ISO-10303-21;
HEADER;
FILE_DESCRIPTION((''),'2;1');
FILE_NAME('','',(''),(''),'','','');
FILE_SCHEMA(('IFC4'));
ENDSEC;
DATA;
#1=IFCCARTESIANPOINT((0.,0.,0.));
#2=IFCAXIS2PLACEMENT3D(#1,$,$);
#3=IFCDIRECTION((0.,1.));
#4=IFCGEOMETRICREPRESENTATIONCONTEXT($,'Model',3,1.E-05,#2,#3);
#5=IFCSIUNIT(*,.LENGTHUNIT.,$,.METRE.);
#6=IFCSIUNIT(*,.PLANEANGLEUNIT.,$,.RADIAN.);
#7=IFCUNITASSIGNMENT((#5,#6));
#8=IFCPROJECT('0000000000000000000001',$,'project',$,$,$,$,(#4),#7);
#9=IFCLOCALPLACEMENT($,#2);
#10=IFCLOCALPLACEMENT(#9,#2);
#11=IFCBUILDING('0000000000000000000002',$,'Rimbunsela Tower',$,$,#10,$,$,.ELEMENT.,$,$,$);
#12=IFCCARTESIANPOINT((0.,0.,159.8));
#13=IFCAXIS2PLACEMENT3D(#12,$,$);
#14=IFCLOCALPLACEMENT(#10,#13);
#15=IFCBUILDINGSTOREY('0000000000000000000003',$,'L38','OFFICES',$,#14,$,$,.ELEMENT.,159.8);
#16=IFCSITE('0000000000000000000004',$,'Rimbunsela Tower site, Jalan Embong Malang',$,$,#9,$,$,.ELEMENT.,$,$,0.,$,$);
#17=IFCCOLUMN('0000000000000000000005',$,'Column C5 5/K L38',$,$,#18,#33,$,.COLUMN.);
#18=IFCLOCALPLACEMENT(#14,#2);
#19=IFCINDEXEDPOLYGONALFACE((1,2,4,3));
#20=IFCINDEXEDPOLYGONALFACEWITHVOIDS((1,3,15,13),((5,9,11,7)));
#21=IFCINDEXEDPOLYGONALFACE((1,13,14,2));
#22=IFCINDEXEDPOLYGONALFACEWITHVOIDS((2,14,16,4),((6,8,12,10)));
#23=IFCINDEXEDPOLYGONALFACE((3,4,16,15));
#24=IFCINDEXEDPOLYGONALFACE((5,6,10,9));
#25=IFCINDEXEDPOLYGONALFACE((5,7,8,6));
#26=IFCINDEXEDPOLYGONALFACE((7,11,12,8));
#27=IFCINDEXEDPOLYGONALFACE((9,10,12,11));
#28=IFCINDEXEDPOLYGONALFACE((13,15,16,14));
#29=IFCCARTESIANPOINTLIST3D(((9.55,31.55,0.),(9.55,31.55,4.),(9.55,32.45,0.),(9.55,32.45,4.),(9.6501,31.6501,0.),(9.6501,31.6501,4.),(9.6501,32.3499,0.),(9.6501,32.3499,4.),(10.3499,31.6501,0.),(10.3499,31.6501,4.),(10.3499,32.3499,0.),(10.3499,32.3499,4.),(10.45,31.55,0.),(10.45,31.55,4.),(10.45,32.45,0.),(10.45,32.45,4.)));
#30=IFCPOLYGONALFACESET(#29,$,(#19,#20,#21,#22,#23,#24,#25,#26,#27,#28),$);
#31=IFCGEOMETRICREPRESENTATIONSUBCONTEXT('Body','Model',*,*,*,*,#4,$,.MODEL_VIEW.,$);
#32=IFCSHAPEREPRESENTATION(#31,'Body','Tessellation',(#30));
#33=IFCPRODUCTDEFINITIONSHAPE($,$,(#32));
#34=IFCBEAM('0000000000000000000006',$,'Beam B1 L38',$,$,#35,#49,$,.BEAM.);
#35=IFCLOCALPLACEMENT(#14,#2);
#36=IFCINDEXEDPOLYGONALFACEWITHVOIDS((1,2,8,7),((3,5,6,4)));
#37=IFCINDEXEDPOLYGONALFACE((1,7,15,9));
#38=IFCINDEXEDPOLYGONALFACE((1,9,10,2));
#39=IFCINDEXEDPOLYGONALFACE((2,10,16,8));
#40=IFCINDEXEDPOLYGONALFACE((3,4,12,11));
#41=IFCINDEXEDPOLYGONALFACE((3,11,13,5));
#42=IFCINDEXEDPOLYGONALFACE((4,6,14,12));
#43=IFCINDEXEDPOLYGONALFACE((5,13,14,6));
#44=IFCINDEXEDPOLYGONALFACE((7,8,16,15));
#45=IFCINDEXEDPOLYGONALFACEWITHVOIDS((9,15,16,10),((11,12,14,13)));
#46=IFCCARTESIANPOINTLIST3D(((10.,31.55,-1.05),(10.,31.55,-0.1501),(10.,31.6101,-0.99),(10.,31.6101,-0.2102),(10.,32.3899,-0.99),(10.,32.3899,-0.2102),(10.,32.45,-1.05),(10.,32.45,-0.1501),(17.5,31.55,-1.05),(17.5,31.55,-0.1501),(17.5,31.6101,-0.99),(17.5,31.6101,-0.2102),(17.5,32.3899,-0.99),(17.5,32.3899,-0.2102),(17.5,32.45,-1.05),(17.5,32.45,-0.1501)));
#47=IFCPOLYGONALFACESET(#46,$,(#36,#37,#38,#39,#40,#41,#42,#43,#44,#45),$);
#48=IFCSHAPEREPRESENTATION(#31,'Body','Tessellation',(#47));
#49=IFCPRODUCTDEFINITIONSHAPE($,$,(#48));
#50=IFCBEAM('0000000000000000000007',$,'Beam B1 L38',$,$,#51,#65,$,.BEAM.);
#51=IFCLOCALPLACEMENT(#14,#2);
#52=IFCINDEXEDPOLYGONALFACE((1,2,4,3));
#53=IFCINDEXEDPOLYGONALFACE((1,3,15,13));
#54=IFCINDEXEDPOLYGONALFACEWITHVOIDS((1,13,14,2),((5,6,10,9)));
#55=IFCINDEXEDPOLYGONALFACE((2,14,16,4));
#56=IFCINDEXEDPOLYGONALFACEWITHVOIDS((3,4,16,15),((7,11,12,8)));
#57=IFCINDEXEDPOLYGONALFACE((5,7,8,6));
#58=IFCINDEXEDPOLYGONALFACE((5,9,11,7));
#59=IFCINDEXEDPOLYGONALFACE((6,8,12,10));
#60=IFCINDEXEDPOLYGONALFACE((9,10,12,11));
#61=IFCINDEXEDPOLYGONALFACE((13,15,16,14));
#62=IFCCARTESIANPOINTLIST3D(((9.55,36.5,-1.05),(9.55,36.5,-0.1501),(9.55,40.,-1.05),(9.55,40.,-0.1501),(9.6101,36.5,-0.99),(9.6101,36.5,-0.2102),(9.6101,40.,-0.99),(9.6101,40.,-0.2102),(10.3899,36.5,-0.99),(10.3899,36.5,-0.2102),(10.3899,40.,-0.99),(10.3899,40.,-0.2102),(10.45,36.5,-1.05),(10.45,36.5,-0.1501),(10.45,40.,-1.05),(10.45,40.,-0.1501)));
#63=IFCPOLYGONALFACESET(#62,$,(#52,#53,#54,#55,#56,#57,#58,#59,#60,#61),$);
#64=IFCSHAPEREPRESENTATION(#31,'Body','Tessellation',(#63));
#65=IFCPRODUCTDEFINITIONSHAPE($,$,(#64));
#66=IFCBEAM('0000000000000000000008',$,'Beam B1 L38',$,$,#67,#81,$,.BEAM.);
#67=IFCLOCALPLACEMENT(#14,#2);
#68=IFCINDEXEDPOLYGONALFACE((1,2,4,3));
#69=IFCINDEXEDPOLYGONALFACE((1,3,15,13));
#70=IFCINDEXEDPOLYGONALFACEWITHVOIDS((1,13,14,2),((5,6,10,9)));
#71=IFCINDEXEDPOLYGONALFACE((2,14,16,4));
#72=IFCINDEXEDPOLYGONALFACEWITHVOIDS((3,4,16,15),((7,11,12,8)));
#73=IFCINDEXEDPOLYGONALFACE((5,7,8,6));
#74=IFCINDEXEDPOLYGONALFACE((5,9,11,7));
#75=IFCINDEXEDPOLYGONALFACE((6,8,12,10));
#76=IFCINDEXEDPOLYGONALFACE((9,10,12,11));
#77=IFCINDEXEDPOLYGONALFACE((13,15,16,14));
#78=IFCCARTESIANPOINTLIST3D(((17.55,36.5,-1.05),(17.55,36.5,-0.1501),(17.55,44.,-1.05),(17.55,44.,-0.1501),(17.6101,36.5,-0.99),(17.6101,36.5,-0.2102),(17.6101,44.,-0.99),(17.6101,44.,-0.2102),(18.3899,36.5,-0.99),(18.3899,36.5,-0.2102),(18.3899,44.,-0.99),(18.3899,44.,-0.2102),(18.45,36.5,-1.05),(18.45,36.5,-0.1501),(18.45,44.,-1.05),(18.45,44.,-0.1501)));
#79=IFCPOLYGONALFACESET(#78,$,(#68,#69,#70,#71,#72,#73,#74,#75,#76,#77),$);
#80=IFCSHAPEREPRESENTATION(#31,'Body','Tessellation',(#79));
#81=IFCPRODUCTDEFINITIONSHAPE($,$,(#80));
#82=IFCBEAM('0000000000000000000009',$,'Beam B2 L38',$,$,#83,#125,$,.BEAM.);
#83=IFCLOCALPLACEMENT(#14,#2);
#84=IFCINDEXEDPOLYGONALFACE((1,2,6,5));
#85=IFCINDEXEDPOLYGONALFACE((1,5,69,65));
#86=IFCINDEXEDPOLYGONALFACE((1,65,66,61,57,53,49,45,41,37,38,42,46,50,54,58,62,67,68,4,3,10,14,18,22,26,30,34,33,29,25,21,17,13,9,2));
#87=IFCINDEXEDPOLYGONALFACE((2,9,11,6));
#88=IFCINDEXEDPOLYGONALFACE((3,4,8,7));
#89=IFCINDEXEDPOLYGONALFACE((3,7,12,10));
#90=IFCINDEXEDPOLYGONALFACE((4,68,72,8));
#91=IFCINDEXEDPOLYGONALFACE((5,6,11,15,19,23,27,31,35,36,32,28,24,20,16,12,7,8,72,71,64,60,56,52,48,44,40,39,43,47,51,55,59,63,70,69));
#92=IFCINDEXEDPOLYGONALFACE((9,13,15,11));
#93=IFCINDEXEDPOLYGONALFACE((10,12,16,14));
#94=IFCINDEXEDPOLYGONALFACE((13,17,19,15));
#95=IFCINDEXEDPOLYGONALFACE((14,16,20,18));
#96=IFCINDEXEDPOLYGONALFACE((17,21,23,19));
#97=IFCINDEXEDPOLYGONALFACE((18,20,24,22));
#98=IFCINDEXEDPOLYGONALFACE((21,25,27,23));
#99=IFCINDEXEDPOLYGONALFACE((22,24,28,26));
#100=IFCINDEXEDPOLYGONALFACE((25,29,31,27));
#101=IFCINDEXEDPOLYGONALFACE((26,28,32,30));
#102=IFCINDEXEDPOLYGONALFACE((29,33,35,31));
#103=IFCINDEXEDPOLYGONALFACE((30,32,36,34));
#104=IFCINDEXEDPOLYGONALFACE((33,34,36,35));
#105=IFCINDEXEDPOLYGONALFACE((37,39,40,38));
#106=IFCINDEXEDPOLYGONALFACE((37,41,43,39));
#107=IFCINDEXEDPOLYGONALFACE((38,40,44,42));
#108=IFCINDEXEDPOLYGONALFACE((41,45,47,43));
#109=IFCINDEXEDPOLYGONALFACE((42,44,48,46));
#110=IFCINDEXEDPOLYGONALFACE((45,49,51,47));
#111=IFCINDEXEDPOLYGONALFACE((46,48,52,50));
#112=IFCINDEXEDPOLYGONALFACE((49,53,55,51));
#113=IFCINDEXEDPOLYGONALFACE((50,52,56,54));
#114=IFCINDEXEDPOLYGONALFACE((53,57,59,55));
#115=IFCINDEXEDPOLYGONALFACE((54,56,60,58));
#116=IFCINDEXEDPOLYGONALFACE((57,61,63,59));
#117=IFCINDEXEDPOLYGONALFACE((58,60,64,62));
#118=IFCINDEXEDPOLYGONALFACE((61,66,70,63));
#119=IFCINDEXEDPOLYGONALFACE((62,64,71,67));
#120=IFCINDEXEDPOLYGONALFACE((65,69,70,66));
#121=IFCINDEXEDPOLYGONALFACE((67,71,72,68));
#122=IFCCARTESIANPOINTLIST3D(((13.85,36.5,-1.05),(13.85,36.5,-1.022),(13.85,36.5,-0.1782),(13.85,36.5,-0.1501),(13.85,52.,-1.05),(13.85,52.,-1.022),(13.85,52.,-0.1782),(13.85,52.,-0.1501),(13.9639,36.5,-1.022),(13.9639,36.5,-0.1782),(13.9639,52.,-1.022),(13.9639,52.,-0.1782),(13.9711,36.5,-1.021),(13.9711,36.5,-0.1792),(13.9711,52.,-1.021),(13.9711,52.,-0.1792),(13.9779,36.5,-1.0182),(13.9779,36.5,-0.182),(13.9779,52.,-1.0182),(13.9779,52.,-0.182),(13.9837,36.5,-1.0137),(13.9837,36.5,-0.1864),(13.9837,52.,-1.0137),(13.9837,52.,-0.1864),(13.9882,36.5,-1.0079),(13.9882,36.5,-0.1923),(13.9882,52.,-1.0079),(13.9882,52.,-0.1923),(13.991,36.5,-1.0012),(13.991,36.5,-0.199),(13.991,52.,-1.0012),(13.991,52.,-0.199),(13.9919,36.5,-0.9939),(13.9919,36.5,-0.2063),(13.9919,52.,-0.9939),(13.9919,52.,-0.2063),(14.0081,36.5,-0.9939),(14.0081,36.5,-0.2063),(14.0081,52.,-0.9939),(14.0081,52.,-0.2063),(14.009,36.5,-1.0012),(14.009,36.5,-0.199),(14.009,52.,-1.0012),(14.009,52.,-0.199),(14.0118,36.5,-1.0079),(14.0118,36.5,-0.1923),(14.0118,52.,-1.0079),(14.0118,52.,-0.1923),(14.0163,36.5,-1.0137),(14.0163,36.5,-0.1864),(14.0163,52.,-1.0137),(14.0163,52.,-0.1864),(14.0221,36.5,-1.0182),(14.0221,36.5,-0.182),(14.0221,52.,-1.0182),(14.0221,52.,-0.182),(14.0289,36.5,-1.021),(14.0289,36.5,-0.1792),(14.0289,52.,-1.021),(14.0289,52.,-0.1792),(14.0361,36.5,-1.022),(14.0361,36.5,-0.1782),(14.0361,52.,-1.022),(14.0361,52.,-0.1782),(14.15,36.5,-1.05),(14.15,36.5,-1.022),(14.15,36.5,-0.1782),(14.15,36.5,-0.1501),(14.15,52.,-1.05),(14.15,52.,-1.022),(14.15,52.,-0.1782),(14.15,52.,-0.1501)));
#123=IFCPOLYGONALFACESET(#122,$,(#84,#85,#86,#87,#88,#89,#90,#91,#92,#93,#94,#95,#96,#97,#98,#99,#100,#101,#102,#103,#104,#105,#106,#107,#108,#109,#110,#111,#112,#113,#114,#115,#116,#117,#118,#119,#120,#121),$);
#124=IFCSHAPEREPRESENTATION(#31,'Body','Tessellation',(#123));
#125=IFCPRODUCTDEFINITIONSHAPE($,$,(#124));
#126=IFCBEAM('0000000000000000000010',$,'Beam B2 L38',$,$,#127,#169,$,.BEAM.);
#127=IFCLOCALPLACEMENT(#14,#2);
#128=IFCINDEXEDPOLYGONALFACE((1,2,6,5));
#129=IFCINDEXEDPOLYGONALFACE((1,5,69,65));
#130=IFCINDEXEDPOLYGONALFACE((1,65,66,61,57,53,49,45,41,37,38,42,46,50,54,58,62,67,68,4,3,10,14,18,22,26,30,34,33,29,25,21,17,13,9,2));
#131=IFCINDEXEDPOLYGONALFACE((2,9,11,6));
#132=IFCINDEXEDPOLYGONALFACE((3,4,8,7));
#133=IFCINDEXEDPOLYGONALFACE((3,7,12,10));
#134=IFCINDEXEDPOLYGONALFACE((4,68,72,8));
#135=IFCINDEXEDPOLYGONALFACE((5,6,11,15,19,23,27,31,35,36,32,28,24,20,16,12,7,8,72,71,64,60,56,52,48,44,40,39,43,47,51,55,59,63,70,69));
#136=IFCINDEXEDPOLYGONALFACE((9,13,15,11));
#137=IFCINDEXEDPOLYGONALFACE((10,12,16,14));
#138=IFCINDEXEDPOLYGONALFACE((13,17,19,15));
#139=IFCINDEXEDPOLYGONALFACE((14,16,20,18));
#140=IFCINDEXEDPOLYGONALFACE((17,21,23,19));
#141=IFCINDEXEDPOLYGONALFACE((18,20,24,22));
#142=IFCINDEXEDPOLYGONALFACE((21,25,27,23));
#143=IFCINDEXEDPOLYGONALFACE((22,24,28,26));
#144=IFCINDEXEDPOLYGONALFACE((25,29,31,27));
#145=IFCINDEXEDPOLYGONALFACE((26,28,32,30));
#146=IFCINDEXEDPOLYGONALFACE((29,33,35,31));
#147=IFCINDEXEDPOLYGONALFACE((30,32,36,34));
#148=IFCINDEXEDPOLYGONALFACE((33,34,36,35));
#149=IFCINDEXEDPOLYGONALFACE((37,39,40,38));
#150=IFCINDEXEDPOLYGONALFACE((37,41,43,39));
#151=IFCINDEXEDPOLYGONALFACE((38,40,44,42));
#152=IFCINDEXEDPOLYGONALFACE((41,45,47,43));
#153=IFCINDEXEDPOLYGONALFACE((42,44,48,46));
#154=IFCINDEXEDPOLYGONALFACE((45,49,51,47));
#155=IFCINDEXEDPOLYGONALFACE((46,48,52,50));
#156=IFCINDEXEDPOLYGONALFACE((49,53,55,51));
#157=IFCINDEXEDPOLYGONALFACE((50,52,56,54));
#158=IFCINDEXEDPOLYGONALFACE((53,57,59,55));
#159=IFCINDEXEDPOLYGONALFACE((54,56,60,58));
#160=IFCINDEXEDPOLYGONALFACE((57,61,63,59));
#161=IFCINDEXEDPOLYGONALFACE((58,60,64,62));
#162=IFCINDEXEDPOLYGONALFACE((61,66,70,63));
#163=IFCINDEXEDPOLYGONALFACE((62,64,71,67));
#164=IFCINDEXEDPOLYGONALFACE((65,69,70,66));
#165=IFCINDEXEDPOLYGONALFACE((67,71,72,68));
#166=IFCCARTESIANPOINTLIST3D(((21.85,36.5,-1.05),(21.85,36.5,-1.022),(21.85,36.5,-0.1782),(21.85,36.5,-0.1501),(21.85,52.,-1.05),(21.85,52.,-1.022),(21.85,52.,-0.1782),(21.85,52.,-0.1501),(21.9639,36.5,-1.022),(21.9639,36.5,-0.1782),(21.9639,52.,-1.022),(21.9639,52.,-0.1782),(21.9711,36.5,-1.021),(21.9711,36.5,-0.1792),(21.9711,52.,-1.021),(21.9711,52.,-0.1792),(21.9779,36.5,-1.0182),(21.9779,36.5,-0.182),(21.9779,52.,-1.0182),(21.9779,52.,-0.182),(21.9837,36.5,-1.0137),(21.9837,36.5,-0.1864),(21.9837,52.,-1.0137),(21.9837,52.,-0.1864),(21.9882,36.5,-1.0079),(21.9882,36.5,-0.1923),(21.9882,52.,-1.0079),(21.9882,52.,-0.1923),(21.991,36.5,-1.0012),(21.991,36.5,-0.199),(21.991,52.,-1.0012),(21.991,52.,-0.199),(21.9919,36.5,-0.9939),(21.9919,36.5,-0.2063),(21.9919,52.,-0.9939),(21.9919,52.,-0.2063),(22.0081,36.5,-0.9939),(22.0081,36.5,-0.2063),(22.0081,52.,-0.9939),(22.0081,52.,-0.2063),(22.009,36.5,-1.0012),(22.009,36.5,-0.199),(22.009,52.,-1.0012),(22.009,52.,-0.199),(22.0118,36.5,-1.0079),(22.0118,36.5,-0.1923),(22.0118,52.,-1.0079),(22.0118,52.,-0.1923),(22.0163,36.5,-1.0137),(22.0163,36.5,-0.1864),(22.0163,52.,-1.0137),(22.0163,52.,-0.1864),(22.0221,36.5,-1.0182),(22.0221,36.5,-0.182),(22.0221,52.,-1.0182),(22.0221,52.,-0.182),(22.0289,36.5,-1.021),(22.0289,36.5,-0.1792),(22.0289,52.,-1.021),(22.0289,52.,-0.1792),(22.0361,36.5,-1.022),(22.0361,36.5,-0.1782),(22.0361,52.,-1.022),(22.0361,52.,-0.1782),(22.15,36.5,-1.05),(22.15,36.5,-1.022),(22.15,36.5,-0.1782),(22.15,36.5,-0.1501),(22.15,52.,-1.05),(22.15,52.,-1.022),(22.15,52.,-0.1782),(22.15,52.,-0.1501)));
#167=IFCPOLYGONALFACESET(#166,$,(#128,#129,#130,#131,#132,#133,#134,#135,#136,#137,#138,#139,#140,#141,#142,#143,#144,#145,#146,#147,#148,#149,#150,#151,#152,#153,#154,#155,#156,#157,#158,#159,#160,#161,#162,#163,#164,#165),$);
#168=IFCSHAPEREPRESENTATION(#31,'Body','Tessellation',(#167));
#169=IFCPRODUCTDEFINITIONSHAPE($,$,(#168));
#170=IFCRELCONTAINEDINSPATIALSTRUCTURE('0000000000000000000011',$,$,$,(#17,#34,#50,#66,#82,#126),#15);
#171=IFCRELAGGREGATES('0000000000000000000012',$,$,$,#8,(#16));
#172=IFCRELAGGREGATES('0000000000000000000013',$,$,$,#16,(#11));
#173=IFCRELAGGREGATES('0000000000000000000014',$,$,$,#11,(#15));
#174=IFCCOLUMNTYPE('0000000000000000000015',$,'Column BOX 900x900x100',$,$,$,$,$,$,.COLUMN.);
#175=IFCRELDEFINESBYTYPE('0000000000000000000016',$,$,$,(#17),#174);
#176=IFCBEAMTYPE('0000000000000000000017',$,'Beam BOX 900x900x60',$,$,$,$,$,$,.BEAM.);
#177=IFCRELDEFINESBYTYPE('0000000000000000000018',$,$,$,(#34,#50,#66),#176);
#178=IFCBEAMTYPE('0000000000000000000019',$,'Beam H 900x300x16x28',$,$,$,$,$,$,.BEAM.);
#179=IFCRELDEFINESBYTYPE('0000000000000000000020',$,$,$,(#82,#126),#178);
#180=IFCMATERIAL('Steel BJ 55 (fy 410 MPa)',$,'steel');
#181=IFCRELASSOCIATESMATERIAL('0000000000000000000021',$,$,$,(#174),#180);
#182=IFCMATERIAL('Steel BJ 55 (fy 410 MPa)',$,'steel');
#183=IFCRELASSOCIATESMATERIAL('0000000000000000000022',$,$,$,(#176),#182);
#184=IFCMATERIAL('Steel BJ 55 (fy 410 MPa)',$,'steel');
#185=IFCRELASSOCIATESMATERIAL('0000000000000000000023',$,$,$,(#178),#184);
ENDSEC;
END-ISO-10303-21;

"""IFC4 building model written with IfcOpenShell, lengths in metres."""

from ifc_helpers import new_model, si_unit, direction, frame, origin, origin_2d, place, context, subcontext, project, spatial, hollow_rectangle, i_section, extrude, material, material_profile, profile_set, type_object, element, save


model = new_model("IFC4")

# Units and contexts
model_context = context("Model", 3, precision=1e-05, world=origin(), true_north=direction((0.0, 1.0)))
body_context = subcontext(model_context, "Body", "Model", "MODEL_VIEW")
ifc_project = project(units=[si_unit("LENGTHUNIT", "METRE"), si_unit("PLANEANGLEUNIT", "RADIAN")], contexts=[model_context])

# Site, building, storey
site_placement = place(None, origin())
site = spatial("IfcSite", under=ifc_project, at=site_placement, Name="Rimbunsela Tower site, Jalan Embong Malang", CompositionType="ELEMENT", RefElevation=0.0)
building_placement = place(site_placement, origin())
building = spatial("IfcBuilding", under=site, at=building_placement, Name="Rimbunsela Tower", CompositionType="ELEMENT")
storey_placement = place(building_placement, frame((0.0, 0.0, 159.8)))
storey = spatial("IfcBuildingStorey", under=building, at=storey_placement, Name="L38", Description="OFFICES", CompositionType="ELEMENT", Elevation=159.8)

# Column
ifc_material_1 = material(Name="Steel BJ 55 (fy 410 MPa)", Category="steel")
ifc_material_profile_1 = material_profile(ifc_material_1, hollow_rectangle(XDim=0.8999, YDim=0.8999, WallThickness=0.1001, at=origin_2d()), Name="BOX 900x900x100")
ifc_profile_set_1 = profile_set([ifc_material_profile_1], Name="Steel BJ 55 (fy 410 MPa)")
column_type = type_object("IfcColumnType", Name="Column BOX 900x900x100", PredefinedType="COLUMN", material=ifc_profile_set_1)
column_placement = place(storey_placement, frame((10.0, 32.0, 0.0), z_axis=(0.0, 0.0, 1.0), x_axis=(1.0, 0.0, 0.0)))
element("IfcColumn", 1, at=column_placement, inside=storey, type_object=column_type, Name="Column C5 5/K L38", PredefinedType="COLUMN", context=body_context, shape_type="SweptSolid", body=[
    extrude(hollow_rectangle(XDim=0.8999, YDim=0.8999, WallThickness=0.1001, at=origin_2d()), origin(), (0.0, 0.0, 1.0), 4.0),
])

# Beams
ifc_material_2 = material(Name="Steel BJ 55 (fy 410 MPa)", Category="steel")
ifc_material_profile_2 = material_profile(ifc_material_2, hollow_rectangle(XDim=0.8999, YDim=0.8999, WallThickness=0.0601, at=origin_2d()), Name="BOX 900x900x60")
ifc_profile_set_2 = profile_set([ifc_material_profile_2], Name="Steel BJ 55 (fy 410 MPa)")
beam_type_1 = type_object("IfcBeamType", Name="Beam BOX 900x900x60", PredefinedType="BEAM", material=ifc_profile_set_2)
beam_1_placement = place(storey_placement, frame((10.0, 32.0, -0.6001), z_axis=(1.0, 0.0, 0.0), x_axis=(0.0, 1.0, 0.0)))
element("IfcBeam", 2, at=beam_1_placement, inside=storey, type_object=beam_type_1, Name="Beam B1 L38", PredefinedType="BEAM", context=body_context, shape_type="SweptSolid", body=[
    extrude(hollow_rectangle(XDim=0.8999, YDim=0.8999, WallThickness=0.0601, at=origin_2d()), origin(), (0.0, 0.0, 1.0), 7.5),
])
beam_2_placement = place(storey_placement, frame((10.0, 36.5, -0.6001), z_axis=(0.0, 1.0, 0.0), x_axis=(-1.0, 0.0, 0.0)))
element("IfcBeam", 3, at=beam_2_placement, inside=storey, type_object=beam_type_1, Name="Beam B1 L38", PredefinedType="BEAM", context=body_context, shape_type="SweptSolid", body=[
    extrude(hollow_rectangle(XDim=0.8999, YDim=0.8999, WallThickness=0.0601, at=origin_2d()), origin(), (0.0, 0.0, 1.0), 3.5),
])
beam_3_placement = place(storey_placement, frame((18.0, 36.5, -0.6001), z_axis=(0.0, 1.0, 0.0), x_axis=(-1.0, 0.0, 0.0)))
element("IfcBeam", 4, at=beam_3_placement, inside=storey, type_object=beam_type_1, Name="Beam B1 L38", PredefinedType="BEAM", context=body_context, shape_type="SweptSolid", body=[
    extrude(hollow_rectangle(XDim=0.8999, YDim=0.8999, WallThickness=0.0601, at=origin_2d()), origin(), (0.0, 0.0, 1.0), 7.5),
])
ifc_material_3 = material(Name="Steel BJ 55 (fy 410 MPa)", Category="steel")
ifc_material_profile_3 = material_profile(ifc_material_3, i_section(OverallWidth=0.3, OverallDepth=0.8999, WebThickness=0.0161, FlangeThickness=0.0281, FilletRadius=0.0281, at=origin_2d()), Name="H 900x300x16x28")
ifc_profile_set_3 = profile_set([ifc_material_profile_3], Name="Steel BJ 55 (fy 410 MPa)")
beam_type_2 = type_object("IfcBeamType", Name="Beam H 900x300x16x28", PredefinedType="BEAM", material=ifc_profile_set_3)
for number, where, z_axis, x_axis, name in (
    (5, (14.0, 36.5, -0.6001), (0.0, 1.0, 0.0), (-1.0, 0.0, 0.0), "Beam B2 L38"),
    (6, (22.0, 36.5, -0.6001), (0.0, 1.0, 0.0), (-1.0, 0.0, 0.0), "Beam B2 L38"),
):
    element("IfcBeam", number, at=place(storey_placement, frame(where, z_axis=z_axis, x_axis=x_axis)), inside=storey, type_object=beam_type_2, Name=name, PredefinedType="BEAM", context=body_context, shape_type="SweptSolid", body=[
        extrude(i_section(OverallWidth=0.3, OverallDepth=0.8999, WebThickness=0.0161, FlangeThickness=0.0281, FilletRadius=0.0281, at=origin_2d()), origin(), (0.0, 0.0, 1.0), 15.5),
    ])

save(model, "model.ifc")
